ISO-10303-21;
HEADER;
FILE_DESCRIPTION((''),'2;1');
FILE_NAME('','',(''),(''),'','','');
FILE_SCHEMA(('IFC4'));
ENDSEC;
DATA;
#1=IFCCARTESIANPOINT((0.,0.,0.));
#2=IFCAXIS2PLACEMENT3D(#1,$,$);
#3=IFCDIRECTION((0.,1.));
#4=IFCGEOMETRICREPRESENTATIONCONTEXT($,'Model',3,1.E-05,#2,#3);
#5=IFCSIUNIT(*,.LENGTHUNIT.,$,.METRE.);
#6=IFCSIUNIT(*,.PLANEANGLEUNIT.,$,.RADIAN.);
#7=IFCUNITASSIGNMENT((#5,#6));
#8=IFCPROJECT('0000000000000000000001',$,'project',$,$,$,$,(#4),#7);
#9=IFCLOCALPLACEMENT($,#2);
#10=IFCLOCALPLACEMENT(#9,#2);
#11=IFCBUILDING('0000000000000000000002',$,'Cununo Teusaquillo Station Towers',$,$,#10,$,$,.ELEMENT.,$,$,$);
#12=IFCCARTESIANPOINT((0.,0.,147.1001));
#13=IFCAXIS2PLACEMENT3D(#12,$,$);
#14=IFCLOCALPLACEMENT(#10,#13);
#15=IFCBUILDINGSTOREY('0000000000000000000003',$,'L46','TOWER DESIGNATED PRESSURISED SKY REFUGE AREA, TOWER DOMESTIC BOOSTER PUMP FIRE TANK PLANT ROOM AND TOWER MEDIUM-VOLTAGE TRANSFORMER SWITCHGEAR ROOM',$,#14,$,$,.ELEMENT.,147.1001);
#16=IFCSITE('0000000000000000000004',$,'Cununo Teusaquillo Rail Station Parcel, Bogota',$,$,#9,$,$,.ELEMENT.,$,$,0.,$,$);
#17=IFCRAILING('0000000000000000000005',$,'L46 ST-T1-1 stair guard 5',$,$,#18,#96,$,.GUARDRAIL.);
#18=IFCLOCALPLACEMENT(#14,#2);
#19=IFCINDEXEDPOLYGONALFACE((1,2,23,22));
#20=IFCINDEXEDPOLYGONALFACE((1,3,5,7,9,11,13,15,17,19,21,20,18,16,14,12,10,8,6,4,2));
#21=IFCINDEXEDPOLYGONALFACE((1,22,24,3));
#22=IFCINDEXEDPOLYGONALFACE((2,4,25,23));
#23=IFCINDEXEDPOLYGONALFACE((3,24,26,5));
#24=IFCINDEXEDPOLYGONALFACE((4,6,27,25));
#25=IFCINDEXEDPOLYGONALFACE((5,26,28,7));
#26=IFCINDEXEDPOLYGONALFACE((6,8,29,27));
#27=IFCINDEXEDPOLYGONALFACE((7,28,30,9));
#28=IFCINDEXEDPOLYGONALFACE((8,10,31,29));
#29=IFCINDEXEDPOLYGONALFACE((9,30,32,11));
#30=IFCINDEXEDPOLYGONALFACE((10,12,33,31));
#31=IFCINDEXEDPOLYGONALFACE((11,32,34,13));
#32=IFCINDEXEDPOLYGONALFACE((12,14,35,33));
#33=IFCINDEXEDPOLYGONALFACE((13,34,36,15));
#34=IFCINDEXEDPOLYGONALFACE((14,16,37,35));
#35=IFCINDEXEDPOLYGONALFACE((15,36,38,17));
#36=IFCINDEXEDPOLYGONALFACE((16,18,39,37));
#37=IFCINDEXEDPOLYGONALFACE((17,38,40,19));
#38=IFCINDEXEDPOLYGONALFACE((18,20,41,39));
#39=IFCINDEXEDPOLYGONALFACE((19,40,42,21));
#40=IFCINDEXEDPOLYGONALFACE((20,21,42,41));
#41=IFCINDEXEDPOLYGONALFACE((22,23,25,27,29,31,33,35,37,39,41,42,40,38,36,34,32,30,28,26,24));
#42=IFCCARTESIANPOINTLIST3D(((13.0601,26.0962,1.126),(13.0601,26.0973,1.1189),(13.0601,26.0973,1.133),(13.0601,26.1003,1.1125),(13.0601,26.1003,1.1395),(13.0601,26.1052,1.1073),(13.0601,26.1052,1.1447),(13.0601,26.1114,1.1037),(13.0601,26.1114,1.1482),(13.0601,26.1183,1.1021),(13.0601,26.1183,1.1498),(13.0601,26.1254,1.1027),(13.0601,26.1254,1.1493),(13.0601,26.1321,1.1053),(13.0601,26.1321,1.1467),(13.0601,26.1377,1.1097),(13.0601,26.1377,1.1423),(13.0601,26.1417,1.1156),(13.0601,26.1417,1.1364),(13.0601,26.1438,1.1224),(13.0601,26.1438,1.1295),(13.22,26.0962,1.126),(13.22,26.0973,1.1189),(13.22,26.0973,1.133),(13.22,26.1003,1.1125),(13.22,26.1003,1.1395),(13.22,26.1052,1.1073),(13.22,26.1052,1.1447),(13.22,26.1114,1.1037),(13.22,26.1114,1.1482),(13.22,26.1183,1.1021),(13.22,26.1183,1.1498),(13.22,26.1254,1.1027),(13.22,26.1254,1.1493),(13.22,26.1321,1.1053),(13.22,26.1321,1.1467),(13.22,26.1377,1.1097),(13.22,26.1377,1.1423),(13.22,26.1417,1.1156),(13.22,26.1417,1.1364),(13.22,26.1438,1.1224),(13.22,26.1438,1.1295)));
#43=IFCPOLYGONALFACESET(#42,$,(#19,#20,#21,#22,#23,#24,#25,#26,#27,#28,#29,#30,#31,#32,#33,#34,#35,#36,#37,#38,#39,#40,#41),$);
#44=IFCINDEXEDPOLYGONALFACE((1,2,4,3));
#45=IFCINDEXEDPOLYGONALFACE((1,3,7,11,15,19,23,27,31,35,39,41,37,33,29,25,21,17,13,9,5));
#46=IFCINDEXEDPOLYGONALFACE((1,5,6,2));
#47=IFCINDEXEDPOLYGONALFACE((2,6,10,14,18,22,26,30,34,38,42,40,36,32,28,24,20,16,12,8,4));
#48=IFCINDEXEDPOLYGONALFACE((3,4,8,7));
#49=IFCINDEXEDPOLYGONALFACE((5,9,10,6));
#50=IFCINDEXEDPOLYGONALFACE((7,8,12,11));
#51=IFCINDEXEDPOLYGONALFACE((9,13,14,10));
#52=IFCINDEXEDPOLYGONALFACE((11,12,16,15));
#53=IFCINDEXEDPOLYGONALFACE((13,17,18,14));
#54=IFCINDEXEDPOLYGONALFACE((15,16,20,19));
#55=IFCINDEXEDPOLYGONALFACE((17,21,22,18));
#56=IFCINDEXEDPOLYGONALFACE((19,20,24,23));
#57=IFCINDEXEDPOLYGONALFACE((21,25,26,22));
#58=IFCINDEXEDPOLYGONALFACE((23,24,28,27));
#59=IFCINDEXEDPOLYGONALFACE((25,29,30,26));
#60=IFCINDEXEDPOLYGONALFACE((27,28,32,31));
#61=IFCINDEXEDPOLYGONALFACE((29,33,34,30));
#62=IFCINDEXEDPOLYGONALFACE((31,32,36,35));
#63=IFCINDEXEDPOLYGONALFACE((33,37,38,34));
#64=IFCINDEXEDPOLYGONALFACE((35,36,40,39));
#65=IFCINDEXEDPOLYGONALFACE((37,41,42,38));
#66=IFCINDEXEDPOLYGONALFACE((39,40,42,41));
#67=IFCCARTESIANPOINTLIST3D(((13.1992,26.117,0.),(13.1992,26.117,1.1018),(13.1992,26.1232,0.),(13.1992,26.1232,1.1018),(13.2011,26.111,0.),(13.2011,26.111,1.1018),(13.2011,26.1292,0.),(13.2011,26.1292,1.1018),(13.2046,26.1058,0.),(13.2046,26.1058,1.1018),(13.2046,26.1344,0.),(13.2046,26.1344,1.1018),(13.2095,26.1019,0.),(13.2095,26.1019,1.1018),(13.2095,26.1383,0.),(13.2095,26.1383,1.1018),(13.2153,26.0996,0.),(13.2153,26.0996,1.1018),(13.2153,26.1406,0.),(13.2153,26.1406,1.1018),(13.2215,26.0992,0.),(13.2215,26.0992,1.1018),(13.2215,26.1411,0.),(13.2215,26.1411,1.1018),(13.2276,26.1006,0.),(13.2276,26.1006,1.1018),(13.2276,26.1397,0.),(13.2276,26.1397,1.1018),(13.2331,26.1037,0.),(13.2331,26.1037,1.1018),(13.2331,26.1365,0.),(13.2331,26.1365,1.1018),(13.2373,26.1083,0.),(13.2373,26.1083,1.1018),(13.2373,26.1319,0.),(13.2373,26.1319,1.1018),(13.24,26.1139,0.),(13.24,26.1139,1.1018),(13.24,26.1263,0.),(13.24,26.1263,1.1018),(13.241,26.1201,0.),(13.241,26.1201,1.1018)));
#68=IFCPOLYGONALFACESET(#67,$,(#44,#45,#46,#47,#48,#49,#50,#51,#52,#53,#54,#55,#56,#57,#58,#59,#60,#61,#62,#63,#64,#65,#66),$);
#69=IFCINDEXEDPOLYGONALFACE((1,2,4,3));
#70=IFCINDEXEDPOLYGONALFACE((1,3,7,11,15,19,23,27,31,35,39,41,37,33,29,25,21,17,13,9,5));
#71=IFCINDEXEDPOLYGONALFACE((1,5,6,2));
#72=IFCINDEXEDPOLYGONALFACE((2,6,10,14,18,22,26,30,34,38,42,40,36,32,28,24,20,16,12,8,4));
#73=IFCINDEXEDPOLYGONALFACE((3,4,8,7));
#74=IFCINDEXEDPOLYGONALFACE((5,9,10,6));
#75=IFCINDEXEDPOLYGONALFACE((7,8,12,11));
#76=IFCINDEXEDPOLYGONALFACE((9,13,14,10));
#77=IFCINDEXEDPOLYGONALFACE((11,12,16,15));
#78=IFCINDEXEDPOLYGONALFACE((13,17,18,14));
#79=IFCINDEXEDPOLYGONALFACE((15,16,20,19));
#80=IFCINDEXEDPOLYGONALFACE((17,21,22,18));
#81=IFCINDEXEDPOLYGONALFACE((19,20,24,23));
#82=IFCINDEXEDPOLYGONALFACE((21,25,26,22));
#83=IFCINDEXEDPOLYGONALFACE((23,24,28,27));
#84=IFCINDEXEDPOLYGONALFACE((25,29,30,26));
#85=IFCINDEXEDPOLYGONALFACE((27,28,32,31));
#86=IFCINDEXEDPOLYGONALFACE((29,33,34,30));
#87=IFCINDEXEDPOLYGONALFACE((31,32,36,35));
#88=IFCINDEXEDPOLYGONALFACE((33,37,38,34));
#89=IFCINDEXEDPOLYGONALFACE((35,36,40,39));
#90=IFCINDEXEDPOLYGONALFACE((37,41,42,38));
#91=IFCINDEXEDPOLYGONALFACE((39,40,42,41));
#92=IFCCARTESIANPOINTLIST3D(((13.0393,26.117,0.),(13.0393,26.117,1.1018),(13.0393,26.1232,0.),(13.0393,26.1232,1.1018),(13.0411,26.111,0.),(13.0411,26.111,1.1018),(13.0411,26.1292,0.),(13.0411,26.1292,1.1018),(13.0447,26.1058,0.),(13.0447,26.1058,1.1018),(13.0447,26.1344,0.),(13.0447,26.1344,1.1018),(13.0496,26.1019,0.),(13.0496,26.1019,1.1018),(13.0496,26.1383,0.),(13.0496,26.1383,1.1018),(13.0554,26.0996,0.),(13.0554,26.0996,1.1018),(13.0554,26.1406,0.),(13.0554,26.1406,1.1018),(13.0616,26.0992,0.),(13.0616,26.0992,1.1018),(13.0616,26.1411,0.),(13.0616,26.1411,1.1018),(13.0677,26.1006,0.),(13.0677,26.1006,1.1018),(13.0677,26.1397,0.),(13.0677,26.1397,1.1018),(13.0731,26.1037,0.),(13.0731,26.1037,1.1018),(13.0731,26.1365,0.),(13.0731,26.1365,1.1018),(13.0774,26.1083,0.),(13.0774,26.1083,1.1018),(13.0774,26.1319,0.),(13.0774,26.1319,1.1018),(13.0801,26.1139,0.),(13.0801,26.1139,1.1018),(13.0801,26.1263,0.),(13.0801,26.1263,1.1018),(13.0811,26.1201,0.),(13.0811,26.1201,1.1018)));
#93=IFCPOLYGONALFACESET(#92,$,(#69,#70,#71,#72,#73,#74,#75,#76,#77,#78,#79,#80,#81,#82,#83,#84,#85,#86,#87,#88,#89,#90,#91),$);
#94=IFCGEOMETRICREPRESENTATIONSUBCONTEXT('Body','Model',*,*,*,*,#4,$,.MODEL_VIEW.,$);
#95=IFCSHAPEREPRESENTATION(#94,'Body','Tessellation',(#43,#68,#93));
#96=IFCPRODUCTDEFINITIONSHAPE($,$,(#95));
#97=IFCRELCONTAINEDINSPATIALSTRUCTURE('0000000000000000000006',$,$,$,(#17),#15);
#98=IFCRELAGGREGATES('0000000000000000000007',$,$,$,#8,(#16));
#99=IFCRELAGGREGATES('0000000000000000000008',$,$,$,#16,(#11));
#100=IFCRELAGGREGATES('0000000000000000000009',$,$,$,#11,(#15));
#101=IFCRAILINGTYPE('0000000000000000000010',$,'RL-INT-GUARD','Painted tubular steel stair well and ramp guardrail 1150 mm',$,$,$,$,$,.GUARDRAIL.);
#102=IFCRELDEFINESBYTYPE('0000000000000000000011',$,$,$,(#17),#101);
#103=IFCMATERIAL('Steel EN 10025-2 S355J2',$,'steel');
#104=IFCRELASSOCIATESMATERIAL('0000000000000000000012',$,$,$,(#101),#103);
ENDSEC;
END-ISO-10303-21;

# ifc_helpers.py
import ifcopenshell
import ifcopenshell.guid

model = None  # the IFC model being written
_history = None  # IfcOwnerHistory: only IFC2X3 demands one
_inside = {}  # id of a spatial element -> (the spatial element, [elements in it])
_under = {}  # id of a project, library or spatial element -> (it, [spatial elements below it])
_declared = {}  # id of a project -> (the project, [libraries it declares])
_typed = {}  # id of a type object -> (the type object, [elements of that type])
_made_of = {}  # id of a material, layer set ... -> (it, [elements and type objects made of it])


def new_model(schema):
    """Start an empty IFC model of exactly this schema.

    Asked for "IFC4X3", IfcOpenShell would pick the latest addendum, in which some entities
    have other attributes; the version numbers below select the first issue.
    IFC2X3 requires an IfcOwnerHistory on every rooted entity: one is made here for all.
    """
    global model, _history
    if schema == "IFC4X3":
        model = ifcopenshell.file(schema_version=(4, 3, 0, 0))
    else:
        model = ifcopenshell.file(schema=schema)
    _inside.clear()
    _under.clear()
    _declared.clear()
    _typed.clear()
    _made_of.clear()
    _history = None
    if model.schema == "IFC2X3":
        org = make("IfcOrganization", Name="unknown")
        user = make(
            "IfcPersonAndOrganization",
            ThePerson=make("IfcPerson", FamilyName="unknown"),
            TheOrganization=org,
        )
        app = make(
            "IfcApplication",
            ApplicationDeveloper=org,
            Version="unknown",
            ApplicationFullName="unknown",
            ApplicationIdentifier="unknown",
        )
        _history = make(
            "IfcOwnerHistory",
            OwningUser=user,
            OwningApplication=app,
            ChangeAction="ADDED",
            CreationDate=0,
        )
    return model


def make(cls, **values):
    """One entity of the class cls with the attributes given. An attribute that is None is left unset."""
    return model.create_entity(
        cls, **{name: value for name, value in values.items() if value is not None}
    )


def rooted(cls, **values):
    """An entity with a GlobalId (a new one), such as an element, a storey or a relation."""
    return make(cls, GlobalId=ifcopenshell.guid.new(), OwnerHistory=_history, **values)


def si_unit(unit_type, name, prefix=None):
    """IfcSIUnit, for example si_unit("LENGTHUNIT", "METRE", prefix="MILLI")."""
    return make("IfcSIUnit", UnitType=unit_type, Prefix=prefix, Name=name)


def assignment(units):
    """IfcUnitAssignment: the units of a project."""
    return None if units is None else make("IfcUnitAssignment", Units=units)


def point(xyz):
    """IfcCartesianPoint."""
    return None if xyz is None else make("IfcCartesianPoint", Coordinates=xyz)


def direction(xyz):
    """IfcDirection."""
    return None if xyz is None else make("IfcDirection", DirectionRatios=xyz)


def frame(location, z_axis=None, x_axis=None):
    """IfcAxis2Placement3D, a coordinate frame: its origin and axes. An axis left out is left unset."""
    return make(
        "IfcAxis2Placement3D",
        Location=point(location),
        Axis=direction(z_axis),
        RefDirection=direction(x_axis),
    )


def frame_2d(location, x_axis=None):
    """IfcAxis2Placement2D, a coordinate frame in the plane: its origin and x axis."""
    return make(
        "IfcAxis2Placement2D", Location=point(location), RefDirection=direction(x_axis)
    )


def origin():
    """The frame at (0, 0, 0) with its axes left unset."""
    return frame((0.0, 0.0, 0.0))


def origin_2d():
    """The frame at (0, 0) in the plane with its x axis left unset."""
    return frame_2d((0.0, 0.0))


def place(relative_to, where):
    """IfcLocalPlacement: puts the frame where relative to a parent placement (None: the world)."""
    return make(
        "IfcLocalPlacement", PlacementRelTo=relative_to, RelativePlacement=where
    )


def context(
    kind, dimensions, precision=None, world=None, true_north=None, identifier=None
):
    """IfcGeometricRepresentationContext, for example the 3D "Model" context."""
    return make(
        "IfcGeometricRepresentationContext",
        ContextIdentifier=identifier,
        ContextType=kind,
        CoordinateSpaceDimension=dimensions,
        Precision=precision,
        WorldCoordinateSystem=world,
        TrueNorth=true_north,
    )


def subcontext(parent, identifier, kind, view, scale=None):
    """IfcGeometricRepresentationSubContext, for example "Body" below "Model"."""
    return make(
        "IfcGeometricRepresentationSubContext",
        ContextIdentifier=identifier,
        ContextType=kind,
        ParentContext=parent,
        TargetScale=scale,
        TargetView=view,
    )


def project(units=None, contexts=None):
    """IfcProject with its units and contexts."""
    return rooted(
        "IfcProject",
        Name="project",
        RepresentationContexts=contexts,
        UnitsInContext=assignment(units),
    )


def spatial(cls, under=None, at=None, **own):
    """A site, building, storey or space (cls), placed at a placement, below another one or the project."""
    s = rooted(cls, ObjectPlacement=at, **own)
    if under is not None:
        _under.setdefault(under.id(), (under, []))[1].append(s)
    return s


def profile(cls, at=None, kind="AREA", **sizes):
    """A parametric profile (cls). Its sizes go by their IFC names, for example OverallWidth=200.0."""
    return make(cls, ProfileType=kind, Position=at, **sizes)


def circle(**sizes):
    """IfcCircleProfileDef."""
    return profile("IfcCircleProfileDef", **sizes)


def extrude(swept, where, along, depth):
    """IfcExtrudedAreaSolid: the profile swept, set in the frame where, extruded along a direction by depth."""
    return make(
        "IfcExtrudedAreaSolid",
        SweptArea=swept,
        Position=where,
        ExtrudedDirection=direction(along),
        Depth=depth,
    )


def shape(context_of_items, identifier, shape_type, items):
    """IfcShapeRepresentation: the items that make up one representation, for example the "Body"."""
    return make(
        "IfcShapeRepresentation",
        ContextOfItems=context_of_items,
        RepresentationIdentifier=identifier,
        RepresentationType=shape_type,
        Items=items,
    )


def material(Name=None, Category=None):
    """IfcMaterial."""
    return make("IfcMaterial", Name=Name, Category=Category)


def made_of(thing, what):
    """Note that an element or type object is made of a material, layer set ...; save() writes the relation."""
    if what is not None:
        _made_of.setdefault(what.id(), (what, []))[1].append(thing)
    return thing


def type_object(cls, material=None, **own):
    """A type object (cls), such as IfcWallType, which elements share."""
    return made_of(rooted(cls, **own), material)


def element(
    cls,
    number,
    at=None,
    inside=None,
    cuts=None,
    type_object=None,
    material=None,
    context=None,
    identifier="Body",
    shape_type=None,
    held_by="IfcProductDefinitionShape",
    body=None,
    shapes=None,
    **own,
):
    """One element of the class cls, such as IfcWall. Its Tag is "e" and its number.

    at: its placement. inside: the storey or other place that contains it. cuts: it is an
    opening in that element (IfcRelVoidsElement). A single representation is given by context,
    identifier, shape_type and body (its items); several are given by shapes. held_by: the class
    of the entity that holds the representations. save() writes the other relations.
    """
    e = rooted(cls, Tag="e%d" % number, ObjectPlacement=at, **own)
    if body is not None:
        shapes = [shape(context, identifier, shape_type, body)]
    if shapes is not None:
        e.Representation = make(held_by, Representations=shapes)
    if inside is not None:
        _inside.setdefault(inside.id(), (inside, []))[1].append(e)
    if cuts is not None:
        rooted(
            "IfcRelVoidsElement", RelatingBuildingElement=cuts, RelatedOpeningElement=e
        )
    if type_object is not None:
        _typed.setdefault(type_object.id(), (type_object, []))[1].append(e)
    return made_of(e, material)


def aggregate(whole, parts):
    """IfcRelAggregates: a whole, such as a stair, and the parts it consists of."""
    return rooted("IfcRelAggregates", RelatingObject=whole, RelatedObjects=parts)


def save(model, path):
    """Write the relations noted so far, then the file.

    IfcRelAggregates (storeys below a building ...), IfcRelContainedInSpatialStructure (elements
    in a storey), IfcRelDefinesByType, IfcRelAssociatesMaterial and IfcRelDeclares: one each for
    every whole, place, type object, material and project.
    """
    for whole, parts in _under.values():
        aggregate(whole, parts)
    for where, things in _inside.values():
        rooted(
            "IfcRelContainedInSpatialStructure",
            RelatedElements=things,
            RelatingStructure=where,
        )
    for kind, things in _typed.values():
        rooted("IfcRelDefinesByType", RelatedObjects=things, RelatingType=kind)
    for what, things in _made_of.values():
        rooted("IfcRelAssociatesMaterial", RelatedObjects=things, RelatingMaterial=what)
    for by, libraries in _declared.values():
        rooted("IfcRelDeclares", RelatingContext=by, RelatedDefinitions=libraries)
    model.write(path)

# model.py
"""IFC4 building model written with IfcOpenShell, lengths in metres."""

from ifc_helpers import new_model, si_unit, direction, frame, origin, origin_2d, place, context, subcontext, project, spatial, circle, extrude, material, type_object, element, save


model = new_model("IFC4")

# Units and contexts
model_context = context("Model", 3, precision=1e-05, world=origin(), true_north=direction((0.0, 1.0)))
body_context = subcontext(model_context, "Body", "Model", "MODEL_VIEW")
ifc_project = project(units=[si_unit("LENGTHUNIT", "METRE"), si_unit("PLANEANGLEUNIT", "RADIAN")], contexts=[model_context])

# Site, building, storey
site_placement = place(None, origin())
site = spatial("IfcSite", under=ifc_project, at=site_placement, Name="Cununo Teusaquillo Rail Station Parcel, Bogota", CompositionType="ELEMENT", RefElevation=0.0)
building_placement = place(site_placement, origin())
building = spatial("IfcBuilding", under=site, at=building_placement, Name="Cununo Teusaquillo Station Towers", CompositionType="ELEMENT")
storey_placement = place(building_placement, frame((0.0, 0.0, 147.1001)))
storey = spatial("IfcBuildingStorey", under=building, at=storey_placement, Name="L46", Description="TOWER DESIGNATED PRESSURISED SKY REFUGE AREA, TOWER DOMESTIC BOOSTER PUMP FIRE TANK PLANT ROOM AND TOWER MEDIUM-VOLTAGE TRANSFORMER SWITCHGEAR ROOM", CompositionType="ELEMENT", Elevation=147.1001)

# Railing
ifc_material_1 = material(Name="Steel EN 10025-2 S355J2", Category="steel")
railing_type_1 = type_object("IfcRailingType", Name="RL-INT-GUARD", Description="Painted tubular steel stair well and ramp guardrail 1150 mm", PredefinedType="GUARDRAIL", material=ifc_material_1)
railing_1_placement = place(storey_placement, frame((13.22, 26.1201, 0.0)))
element("IfcRailing", 1, at=railing_1_placement, inside=storey, type_object=railing_type_1, Name="L46 ST-T1-1 stair guard 5", PredefinedType="GUARDRAIL", context=body_context, shape_type="SweptSolid", body=[
    extrude(circle(Radius=0.0239, at=origin_2d()), frame((0.0, 0.0, 1.126), z_axis=(-1.0, 0.0, 0.0), x_axis=(0.0, -1.0, 0.0)), (0.0, 0.0, 1.0), 0.1599),
    extrude(circle(Radius=0.021, at=origin_2d()), origin(), (0.0, 0.0, 1.0), 1.1018),
    extrude(circle(Radius=0.021, at=origin_2d()), frame((-0.1599, 0.0, 0.0)), (0.0, 0.0, 1.0), 1.1018),
])

save(model, "model.ifc")
